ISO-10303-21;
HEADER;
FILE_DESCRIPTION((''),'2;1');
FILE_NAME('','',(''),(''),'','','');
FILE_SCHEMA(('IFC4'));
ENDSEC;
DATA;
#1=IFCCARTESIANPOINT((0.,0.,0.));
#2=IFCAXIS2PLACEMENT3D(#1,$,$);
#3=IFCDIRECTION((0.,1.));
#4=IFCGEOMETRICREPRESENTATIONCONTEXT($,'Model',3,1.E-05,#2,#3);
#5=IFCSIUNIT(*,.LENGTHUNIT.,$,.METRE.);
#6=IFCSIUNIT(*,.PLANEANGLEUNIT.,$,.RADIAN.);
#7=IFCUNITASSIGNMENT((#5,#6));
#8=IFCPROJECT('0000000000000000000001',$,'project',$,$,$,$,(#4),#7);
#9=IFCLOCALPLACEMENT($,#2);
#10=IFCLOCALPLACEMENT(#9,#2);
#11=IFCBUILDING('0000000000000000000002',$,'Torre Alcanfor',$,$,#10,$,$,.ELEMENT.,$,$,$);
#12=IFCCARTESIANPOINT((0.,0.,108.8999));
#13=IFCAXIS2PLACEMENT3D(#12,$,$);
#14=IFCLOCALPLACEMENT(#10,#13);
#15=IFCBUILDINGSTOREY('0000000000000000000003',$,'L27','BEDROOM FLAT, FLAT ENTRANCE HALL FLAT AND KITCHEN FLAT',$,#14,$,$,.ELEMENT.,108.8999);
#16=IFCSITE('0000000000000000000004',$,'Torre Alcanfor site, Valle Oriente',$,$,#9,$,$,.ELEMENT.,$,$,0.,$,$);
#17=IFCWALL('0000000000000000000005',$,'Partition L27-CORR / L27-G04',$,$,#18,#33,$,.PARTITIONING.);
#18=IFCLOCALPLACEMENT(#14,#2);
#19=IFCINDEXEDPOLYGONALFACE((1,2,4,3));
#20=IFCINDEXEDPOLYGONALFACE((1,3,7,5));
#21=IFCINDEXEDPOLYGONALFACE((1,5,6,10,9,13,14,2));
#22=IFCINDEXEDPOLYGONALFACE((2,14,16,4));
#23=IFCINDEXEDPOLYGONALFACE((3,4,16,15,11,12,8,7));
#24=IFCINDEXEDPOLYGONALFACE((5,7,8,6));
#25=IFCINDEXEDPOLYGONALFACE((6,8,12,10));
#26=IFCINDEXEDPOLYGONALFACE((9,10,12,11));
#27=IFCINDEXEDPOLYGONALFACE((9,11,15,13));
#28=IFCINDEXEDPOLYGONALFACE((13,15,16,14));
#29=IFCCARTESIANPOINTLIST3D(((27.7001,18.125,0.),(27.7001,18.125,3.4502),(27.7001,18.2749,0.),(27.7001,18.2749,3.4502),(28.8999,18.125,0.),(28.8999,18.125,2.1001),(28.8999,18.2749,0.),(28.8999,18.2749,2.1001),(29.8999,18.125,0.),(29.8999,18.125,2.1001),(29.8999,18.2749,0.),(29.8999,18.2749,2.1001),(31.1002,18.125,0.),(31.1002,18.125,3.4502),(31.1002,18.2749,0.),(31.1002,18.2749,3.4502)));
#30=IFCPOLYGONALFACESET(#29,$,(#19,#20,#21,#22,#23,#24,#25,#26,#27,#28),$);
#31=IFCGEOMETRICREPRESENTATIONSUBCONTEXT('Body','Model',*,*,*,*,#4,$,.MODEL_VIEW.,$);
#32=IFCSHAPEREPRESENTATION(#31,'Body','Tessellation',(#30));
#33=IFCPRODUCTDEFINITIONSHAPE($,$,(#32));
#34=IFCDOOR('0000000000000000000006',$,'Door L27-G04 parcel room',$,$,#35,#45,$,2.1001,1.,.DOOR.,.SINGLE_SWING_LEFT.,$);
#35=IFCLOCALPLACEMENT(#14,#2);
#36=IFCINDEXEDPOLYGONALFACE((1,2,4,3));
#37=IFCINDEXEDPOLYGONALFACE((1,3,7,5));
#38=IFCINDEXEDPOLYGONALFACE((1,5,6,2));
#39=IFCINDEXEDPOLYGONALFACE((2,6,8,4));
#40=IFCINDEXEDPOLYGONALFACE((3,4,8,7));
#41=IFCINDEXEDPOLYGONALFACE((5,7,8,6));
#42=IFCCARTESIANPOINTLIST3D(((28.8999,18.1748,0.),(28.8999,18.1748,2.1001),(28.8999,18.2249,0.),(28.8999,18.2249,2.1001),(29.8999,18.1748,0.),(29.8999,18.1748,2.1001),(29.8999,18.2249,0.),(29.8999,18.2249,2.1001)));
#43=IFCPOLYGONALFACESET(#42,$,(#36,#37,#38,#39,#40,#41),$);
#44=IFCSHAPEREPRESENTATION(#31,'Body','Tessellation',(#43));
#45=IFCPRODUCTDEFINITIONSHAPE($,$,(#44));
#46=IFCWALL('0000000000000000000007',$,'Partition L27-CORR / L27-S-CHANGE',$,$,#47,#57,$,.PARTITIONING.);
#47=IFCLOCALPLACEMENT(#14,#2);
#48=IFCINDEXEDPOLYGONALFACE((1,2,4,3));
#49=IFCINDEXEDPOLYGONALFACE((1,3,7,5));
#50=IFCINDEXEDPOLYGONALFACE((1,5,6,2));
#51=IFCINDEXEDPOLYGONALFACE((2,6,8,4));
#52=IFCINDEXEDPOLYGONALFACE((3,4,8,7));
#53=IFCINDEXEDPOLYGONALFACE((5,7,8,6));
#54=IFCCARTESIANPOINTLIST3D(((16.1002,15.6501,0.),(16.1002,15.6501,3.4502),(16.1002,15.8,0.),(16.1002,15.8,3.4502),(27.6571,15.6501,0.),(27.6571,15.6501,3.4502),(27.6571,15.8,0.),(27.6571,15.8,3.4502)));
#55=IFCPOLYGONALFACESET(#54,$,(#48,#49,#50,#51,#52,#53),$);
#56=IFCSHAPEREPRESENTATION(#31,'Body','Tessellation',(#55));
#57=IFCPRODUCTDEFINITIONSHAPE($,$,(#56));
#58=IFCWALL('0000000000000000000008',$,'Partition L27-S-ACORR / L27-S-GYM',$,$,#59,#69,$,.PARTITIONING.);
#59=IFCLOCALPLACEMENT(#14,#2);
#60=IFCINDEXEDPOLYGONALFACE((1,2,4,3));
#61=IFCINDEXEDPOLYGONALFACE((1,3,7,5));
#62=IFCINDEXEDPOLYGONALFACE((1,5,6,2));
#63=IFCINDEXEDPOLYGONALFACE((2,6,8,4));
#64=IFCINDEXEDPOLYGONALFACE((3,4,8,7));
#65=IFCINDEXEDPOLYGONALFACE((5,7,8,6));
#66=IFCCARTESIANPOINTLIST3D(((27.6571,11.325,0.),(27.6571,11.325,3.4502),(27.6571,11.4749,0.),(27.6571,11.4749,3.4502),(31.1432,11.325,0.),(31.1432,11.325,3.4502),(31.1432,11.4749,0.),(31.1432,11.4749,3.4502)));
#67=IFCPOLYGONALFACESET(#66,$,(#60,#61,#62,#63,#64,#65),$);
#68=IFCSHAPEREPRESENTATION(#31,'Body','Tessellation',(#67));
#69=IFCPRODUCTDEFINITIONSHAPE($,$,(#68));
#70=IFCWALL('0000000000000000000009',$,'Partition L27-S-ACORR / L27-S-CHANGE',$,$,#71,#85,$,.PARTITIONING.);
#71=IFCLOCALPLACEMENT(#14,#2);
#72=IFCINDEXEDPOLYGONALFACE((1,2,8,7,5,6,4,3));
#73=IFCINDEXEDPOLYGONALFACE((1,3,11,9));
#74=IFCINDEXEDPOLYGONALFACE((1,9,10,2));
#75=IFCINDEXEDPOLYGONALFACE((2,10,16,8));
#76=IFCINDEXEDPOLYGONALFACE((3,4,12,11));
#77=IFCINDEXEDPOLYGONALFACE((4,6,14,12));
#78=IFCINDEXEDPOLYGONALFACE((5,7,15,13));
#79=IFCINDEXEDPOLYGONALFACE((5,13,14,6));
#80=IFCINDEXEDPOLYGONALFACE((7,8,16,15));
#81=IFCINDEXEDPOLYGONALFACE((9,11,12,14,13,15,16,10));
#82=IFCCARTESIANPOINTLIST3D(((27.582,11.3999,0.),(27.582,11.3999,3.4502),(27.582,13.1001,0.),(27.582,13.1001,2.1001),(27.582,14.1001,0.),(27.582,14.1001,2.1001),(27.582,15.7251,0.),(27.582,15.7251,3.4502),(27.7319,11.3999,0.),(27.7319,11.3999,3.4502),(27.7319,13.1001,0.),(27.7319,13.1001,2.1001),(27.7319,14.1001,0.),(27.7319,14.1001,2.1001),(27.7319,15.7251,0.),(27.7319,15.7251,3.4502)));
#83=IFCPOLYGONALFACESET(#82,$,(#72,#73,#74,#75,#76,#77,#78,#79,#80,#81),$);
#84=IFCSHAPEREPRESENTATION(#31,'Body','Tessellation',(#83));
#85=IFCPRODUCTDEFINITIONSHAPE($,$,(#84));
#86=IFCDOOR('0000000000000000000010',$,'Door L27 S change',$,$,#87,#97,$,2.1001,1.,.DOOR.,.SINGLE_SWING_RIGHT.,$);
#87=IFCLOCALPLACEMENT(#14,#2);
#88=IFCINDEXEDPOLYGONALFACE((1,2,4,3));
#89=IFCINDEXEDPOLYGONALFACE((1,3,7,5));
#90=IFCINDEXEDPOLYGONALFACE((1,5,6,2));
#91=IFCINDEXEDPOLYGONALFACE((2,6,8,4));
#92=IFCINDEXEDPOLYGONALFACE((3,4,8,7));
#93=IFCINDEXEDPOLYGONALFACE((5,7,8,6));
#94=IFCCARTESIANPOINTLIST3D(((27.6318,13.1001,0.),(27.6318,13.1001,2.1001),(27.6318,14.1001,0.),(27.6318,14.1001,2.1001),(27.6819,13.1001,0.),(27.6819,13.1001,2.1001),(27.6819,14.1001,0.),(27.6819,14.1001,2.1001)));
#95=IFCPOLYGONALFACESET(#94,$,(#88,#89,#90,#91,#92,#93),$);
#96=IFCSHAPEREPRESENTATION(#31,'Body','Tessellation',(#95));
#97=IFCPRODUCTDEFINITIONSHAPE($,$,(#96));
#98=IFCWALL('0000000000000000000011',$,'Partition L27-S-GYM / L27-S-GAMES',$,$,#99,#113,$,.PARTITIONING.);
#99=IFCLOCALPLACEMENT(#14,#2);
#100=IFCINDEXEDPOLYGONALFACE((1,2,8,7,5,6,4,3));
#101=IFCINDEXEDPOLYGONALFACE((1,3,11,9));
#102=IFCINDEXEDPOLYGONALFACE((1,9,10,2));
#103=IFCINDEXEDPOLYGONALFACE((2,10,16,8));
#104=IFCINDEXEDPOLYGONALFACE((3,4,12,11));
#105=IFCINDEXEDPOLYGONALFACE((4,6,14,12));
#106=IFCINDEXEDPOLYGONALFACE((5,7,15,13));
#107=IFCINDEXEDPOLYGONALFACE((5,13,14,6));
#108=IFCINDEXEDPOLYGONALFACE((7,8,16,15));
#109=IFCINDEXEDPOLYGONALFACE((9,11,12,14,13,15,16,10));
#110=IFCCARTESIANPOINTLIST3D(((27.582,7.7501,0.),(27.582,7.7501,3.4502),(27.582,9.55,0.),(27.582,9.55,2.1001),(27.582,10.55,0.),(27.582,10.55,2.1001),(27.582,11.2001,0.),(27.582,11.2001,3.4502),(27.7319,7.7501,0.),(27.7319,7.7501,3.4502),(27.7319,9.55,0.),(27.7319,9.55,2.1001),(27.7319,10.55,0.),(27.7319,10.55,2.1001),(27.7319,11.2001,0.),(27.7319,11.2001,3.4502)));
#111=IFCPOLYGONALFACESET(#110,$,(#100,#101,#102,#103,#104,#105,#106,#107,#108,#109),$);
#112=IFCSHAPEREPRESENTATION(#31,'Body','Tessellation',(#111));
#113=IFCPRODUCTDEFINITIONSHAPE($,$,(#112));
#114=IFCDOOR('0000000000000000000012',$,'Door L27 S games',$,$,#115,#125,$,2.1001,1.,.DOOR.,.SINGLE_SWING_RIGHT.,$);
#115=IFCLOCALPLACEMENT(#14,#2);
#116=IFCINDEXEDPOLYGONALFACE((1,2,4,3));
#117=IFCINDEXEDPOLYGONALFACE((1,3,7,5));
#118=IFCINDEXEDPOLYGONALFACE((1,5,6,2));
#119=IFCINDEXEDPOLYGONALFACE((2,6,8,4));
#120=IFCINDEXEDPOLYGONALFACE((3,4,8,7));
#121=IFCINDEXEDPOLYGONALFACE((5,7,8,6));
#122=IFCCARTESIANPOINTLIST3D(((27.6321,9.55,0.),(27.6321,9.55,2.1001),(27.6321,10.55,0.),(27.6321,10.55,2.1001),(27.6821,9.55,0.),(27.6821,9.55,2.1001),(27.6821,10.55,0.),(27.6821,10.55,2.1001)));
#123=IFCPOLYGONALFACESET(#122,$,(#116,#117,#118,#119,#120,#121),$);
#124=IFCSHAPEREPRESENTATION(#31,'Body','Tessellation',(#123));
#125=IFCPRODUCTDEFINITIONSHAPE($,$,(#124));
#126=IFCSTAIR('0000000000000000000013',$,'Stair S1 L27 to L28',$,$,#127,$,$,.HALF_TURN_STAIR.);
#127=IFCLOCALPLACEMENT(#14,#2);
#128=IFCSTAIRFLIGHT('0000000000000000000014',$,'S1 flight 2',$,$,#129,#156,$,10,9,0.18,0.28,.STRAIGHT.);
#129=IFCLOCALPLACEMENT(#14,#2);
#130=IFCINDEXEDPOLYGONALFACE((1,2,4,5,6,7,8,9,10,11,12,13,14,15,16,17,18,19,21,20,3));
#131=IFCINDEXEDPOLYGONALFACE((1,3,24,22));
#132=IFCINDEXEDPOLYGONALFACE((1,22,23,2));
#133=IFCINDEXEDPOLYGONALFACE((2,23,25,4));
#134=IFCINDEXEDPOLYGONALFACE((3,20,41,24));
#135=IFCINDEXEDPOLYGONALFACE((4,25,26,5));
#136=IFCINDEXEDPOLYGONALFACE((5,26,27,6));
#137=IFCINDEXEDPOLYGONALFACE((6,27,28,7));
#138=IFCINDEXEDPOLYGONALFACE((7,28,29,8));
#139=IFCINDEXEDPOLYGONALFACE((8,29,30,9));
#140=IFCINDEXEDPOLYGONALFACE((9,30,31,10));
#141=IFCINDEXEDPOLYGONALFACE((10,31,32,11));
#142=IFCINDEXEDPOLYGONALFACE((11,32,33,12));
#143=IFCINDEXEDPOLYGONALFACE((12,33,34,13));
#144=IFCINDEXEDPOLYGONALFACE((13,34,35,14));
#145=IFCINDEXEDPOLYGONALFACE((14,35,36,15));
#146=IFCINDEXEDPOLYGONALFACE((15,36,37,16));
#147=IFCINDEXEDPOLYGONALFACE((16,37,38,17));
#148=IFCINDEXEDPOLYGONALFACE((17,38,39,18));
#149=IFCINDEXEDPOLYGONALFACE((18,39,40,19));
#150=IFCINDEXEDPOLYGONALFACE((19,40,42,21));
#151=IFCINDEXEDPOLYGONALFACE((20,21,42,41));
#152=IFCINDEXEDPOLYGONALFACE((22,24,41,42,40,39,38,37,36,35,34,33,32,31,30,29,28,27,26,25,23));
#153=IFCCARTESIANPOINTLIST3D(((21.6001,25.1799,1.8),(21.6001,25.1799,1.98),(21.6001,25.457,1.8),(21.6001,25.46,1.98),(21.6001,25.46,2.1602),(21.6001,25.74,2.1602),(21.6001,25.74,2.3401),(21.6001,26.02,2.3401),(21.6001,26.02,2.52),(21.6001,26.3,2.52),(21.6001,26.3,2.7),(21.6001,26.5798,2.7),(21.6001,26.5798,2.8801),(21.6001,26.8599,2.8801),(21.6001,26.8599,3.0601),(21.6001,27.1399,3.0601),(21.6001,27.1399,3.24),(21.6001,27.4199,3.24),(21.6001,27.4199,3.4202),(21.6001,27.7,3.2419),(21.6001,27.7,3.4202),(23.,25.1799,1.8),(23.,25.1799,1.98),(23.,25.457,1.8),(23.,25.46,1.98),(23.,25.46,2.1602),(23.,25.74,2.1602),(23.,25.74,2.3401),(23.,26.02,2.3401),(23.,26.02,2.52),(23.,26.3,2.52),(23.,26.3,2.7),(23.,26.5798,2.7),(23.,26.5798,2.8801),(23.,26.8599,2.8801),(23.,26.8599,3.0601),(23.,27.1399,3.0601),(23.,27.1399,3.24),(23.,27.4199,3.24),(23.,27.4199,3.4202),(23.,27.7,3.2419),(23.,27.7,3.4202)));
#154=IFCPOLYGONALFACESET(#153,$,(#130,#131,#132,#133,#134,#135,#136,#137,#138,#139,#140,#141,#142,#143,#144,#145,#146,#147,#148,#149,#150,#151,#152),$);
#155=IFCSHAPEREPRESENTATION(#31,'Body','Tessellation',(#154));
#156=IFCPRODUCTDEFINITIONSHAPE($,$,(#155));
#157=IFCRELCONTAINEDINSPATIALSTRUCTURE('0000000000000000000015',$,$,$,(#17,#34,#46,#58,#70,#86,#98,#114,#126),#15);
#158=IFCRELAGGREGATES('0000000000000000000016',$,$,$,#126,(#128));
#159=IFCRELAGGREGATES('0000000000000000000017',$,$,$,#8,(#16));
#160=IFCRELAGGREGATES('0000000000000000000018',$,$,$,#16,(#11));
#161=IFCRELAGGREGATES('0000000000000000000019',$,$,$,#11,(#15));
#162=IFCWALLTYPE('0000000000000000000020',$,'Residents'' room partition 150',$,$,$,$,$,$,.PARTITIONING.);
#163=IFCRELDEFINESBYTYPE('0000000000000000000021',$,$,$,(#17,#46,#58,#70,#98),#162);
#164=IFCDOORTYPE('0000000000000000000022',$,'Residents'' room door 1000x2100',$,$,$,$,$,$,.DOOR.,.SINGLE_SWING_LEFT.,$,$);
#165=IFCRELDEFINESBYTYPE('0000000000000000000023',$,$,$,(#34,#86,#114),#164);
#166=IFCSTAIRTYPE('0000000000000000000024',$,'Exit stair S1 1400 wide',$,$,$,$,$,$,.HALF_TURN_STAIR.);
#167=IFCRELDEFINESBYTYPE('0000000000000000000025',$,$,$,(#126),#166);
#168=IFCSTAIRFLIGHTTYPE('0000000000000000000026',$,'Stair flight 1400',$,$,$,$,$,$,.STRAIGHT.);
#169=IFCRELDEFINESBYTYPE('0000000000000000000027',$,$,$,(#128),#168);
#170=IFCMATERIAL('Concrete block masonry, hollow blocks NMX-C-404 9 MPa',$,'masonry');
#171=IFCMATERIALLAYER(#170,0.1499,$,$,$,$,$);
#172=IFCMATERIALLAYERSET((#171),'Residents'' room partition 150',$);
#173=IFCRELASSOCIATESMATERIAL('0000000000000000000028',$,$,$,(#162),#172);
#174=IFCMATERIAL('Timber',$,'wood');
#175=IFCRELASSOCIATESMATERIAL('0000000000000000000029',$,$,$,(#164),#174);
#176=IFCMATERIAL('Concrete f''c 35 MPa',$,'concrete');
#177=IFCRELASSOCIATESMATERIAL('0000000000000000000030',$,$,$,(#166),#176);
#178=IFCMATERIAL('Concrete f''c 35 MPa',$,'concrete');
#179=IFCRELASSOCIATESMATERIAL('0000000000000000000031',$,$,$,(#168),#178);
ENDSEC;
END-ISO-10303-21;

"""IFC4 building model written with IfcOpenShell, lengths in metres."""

from ifc_helpers import new_model, si_unit, direction, frame, frame_2d, origin, place, context, subcontext, project, spatial, polyline, rectangle, outline, extrude, material, layer, layer_set, type_object, element, fill, aggregate, save


model = new_model("IFC4")

# Units and contexts
model_context = context("Model", 3, precision=1e-05, world=origin(), true_north=direction((0.0, 1.0)))
body_context = subcontext(model_context, "Body", "Model", "MODEL_VIEW")
ifc_project = project(units=[si_unit("LENGTHUNIT", "METRE"), si_unit("PLANEANGLEUNIT", "RADIAN")], contexts=[model_context])

# Site, building, storey
site_placement = place(None, origin())
site = spatial("IfcSite", under=ifc_project, at=site_placement, Name="Torre Alcanfor site, Valle Oriente", CompositionType="ELEMENT", RefElevation=0.0)
building_placement = place(site_placement, origin())
building = spatial("IfcBuilding", under=site, at=building_placement, Name="Torre Alcanfor", CompositionType="ELEMENT")
storey_placement = place(building_placement, frame((0.0, 0.0, 108.8999)))
storey = spatial("IfcBuildingStorey", under=building, at=storey_placement, Name="L27", Description="BEDROOM FLAT, FLAT ENTRANCE HALL FLAT AND KITCHEN FLAT", CompositionType="ELEMENT", Elevation=108.8999)

# Shared definitions
ifc_material_1 = material(Name="Concrete block masonry, hollow blocks NMX-C-404 9 MPa", Category="masonry")
ifc_layer_1 = layer(ifc_material_1, 0.1499)
ifc_layer_set_1 = layer_set([ifc_layer_1], Name="Residents' room partition 150")
wall_type_1 = type_object("IfcWallType", Name="Residents' room partition 150", PredefinedType="PARTITIONING", material=ifc_layer_set_1)

# Wall, opening, door
wall_1_placement = place(storey_placement, frame((27.7, 18.2, 0.0), z_axis=(0.0, 0.0, 1.0), x_axis=(1.0, 0.0, 0.0)))
wall_1 = element("IfcWall", 1, at=wall_1_placement, inside=storey, type_object=wall_type_1, Name="Partition L27-CORR / L27-G04", PredefinedType="PARTITIONING", context=body_context, shape_type="SweptSolid", body=[
    extrude(rectangle(XDim=3.4001, YDim=0.1499, at=frame_2d((1.7002, 0.0))), origin(), (0.0, 0.0, 1.0), 3.4502),
])
opening_1_placement = place(wall_1_placement, frame((1.2, 0.0, 0.0)))
opening_1 = element("IfcOpeningElement", 2, at=opening_1_placement, cuts=wall_1, PredefinedType="OPENING", context=body_context, shape_type="SweptSolid", body=[
    extrude(rectangle(XDim=1.0, YDim=2.1001, at=frame_2d((0.5, 1.05))), frame((0.0, 0.085, 0.0), z_axis=(0.0, -1.0, 0.0), x_axis=(1.0, 0.0, 0.0)), (0.0, 0.0, 1.0), 0.1699),
])
ifc_material_2 = material(Name="Timber", Category="wood")
door_type_1 = type_object("IfcDoorType", Name="Residents' room door 1000x2100", OperationType="SINGLE_SWING_LEFT", PredefinedType="DOOR", material=ifc_material_2)
door_1_placement = place(opening_1_placement, origin())
door_1 = element("IfcDoor", 3, at=door_1_placement, inside=storey, type_object=door_type_1, Name="Door L27-G04 parcel room", OperationType="SINGLE_SWING_LEFT", OverallHeight=2.1001, OverallWidth=1.0, PredefinedType="DOOR", context=body_context, shape_type="SweptSolid", body=[
    extrude(rectangle(XDim=1.0, YDim=2.1001, at=frame_2d((0.5, 1.05))), frame((0.0, 0.0249, 0.0), z_axis=(0.0, -1.0, 0.0), x_axis=(1.0, 0.0, 0.0)), (0.0, 0.0, 1.0), 0.05),
])
fill(opening_1, door_1)

# Walls
wall_2_placement = place(storey_placement, frame((27.657, 15.7251, 0.0), z_axis=(0.0, 0.0, 1.0), x_axis=(-1.0, 0.0, 0.0)))
element("IfcWall", 4, at=wall_2_placement, inside=storey, type_object=wall_type_1, Name="Partition L27-CORR / L27-S-CHANGE", PredefinedType="PARTITIONING", context=body_context, shape_type="SweptSolid", body=[
    extrude(rectangle(XDim=11.5569, YDim=0.1499, at=frame_2d((5.7783, 0.0))), origin(), (0.0, 0.0, 1.0), 3.4502),
])
wall_3_placement = place(storey_placement, frame((27.657, 11.3999, 0.0), z_axis=(0.0, 0.0, 1.0), x_axis=(1.0, 0.0, 0.0)))
element("IfcWall", 5, at=wall_3_placement, inside=storey, type_object=wall_type_1, Name="Partition L27-S-ACORR / L27-S-GYM", PredefinedType="PARTITIONING", context=body_context, shape_type="SweptSolid", body=[
    extrude(rectangle(XDim=3.4861, YDim=0.1499, at=frame_2d((1.7432, 0.0))), origin(), (0.0, 0.0, 1.0), 3.4502),
])

# Walls, openings, doors
wall_4_placement = place(storey_placement, frame((27.657, 15.7251, 0.0), z_axis=(0.0, 0.0, 1.0), x_axis=(0.0, -1.0, 0.0)))
wall_4 = element("IfcWall", 6, at=wall_4_placement, inside=storey, type_object=wall_type_1, Name="Partition L27-S-ACORR / L27-S-CHANGE", PredefinedType="PARTITIONING", context=body_context, shape_type="SweptSolid", body=[
    extrude(rectangle(XDim=4.3252, YDim=0.1499, at=frame_2d((2.1626, 0.0))), origin(), (0.0, 0.0, 1.0), 3.4502),
])
opening_2_placement = place(wall_4_placement, frame((1.625, 0.0, 0.0)))
opening_2 = element("IfcOpeningElement", 7, at=opening_2_placement, cuts=wall_4, PredefinedType="OPENING", context=body_context, shape_type="SweptSolid", body=[
    extrude(rectangle(XDim=1.0, YDim=2.1001, at=frame_2d((0.5, 1.05))), frame((0.0, 0.085, 0.0), z_axis=(0.0, -1.0, 0.0), x_axis=(1.0, 0.0, 0.0)), (0.0, 0.0, 1.0), 0.1699),
])
door_2_placement = place(opening_2_placement, frame((1.0, 0.0, 0.0), z_axis=(0.0, 0.0, 1.0), x_axis=(-1.0, 0.0, 0.0)))
door_2 = element("IfcDoor", 8, at=door_2_placement, inside=storey, type_object=door_type_1, Name="Door L27 S change", OperationType="SINGLE_SWING_RIGHT", OverallHeight=2.1001, OverallWidth=1.0, PredefinedType="DOOR", context=body_context, shape_type="SweptSolid", body=[
    extrude(rectangle(XDim=1.0, YDim=2.1001, at=frame_2d((0.5, 1.05))), frame((0.0, 0.0251, 0.0), z_axis=(0.0, -1.0, 0.0), x_axis=(1.0, 0.0, 0.0)), (0.0, 0.0, 1.0), 0.05),
])
fill(opening_2, door_2)
wall_5_placement = place(storey_placement, frame((27.657, 7.75, 0.0), z_axis=(0.0, 0.0, 1.0), x_axis=(0.0, 1.0, 0.0)))
wall_5 = element("IfcWall", 9, at=wall_5_placement, inside=storey, type_object=wall_type_1, Name="Partition L27-S-GYM / L27-S-GAMES", PredefinedType="PARTITIONING", context=body_context, shape_type="SweptSolid", body=[
    extrude(rectangle(XDim=3.45, YDim=0.1499, at=frame_2d((1.7251, 0.0))), origin(), (0.0, 0.0, 1.0), 3.4502),
])
opening_3_placement = place(wall_5_placement, frame((1.8, 0.0, 0.0)))
opening_3 = element("IfcOpeningElement", 10, at=opening_3_placement, cuts=wall_5, PredefinedType="OPENING", context=body_context, shape_type="SweptSolid", body=[
    extrude(rectangle(XDim=1.0, YDim=2.1001, at=frame_2d((0.5, 1.05))), frame((0.0, 0.085, 0.0), z_axis=(0.0, -1.0, 0.0), x_axis=(1.0, 0.0, 0.0)), (0.0, 0.0, 1.0), 0.1699),
])
door_3_placement = place(opening_3_placement, origin())
door_3 = element("IfcDoor", 11, at=door_3_placement, inside=storey, type_object=door_type_1, Name="Door L27 S games", OperationType="SINGLE_SWING_RIGHT", OverallHeight=2.1001, OverallWidth=1.0, PredefinedType="DOOR", context=body_context, shape_type="SweptSolid", body=[
    extrude(rectangle(XDim=1.0, YDim=2.1001, at=frame_2d((0.5, 1.05))), frame((0.0, 0.0249, 0.0), z_axis=(0.0, -1.0, 0.0), x_axis=(1.0, 0.0, 0.0)), (0.0, 0.0, 1.0), 0.05),
])
fill(opening_3, door_3)

# Stair, stair flight
ifc_material_3 = material(Name="Concrete f'c 35 MPa", Category="concrete")
stair_type = type_object("IfcStairType", Name="Exit stair S1 1400 wide", PredefinedType="HALF_TURN_STAIR", material=ifc_material_3)
stair_placement = place(storey_placement, origin())
stair = element("IfcStair", 12, at=stair_placement, inside=storey, type_object=stair_type, Name="Stair S1 L27 to L28", PredefinedType="HALF_TURN_STAIR")
ifc_material_4 = material(Name="Concrete f'c 35 MPa", Category="concrete")
stair_flight_type = type_object("IfcStairFlightType", Name="Stair flight 1400", PredefinedType="STRAIGHT", material=ifc_material_4)
stair_flight_placement = place(storey_placement, frame((22.3, 25.1799, 1.8), z_axis=(0.0, 0.0, 1.0), x_axis=(0.0, 1.0, 0.0)))
stair_flight = element("IfcStairFlight", 13, at=stair_flight_placement, type_object=stair_flight_type, Name="S1 flight 2", NumberOfRisers=10, NumberOfTreads=9, PredefinedType="STRAIGHT", RiserHeight=0.18, TreadLength=0.28, context=body_context, shape_type="SweptSolid", body=[
    extrude(outline(polyline([(0.0, 0.0), (0.0, 0.1799), (0.28, 0.1799), (0.28, 0.3601), (0.5601, 0.3601), (0.5601, 0.54), (0.8401, 0.54), (0.8401, 0.72), (1.1201, 0.72), (1.1201, 0.8999), (1.3999, 0.8999), (1.3999, 1.0801), (1.6799, 1.0801), (1.6799, 1.26), (1.96, 1.26), (1.96, 1.4399), (2.24, 1.4399), (2.24, 1.6201), (2.52, 1.6201), (2.52, 1.8), (2.52, 1.4419), (0.2771, 0.0), (0.0, 0.0)])), frame((0.0, 0.7, 0.0), z_axis=(0.0, -1.0, 0.0), x_axis=(1.0, 0.0, 0.0)), (0.0, 0.0, 1.0), 1.3999),
])
aggregate(stair, [stair_flight])

save(model, "model.ifc")
